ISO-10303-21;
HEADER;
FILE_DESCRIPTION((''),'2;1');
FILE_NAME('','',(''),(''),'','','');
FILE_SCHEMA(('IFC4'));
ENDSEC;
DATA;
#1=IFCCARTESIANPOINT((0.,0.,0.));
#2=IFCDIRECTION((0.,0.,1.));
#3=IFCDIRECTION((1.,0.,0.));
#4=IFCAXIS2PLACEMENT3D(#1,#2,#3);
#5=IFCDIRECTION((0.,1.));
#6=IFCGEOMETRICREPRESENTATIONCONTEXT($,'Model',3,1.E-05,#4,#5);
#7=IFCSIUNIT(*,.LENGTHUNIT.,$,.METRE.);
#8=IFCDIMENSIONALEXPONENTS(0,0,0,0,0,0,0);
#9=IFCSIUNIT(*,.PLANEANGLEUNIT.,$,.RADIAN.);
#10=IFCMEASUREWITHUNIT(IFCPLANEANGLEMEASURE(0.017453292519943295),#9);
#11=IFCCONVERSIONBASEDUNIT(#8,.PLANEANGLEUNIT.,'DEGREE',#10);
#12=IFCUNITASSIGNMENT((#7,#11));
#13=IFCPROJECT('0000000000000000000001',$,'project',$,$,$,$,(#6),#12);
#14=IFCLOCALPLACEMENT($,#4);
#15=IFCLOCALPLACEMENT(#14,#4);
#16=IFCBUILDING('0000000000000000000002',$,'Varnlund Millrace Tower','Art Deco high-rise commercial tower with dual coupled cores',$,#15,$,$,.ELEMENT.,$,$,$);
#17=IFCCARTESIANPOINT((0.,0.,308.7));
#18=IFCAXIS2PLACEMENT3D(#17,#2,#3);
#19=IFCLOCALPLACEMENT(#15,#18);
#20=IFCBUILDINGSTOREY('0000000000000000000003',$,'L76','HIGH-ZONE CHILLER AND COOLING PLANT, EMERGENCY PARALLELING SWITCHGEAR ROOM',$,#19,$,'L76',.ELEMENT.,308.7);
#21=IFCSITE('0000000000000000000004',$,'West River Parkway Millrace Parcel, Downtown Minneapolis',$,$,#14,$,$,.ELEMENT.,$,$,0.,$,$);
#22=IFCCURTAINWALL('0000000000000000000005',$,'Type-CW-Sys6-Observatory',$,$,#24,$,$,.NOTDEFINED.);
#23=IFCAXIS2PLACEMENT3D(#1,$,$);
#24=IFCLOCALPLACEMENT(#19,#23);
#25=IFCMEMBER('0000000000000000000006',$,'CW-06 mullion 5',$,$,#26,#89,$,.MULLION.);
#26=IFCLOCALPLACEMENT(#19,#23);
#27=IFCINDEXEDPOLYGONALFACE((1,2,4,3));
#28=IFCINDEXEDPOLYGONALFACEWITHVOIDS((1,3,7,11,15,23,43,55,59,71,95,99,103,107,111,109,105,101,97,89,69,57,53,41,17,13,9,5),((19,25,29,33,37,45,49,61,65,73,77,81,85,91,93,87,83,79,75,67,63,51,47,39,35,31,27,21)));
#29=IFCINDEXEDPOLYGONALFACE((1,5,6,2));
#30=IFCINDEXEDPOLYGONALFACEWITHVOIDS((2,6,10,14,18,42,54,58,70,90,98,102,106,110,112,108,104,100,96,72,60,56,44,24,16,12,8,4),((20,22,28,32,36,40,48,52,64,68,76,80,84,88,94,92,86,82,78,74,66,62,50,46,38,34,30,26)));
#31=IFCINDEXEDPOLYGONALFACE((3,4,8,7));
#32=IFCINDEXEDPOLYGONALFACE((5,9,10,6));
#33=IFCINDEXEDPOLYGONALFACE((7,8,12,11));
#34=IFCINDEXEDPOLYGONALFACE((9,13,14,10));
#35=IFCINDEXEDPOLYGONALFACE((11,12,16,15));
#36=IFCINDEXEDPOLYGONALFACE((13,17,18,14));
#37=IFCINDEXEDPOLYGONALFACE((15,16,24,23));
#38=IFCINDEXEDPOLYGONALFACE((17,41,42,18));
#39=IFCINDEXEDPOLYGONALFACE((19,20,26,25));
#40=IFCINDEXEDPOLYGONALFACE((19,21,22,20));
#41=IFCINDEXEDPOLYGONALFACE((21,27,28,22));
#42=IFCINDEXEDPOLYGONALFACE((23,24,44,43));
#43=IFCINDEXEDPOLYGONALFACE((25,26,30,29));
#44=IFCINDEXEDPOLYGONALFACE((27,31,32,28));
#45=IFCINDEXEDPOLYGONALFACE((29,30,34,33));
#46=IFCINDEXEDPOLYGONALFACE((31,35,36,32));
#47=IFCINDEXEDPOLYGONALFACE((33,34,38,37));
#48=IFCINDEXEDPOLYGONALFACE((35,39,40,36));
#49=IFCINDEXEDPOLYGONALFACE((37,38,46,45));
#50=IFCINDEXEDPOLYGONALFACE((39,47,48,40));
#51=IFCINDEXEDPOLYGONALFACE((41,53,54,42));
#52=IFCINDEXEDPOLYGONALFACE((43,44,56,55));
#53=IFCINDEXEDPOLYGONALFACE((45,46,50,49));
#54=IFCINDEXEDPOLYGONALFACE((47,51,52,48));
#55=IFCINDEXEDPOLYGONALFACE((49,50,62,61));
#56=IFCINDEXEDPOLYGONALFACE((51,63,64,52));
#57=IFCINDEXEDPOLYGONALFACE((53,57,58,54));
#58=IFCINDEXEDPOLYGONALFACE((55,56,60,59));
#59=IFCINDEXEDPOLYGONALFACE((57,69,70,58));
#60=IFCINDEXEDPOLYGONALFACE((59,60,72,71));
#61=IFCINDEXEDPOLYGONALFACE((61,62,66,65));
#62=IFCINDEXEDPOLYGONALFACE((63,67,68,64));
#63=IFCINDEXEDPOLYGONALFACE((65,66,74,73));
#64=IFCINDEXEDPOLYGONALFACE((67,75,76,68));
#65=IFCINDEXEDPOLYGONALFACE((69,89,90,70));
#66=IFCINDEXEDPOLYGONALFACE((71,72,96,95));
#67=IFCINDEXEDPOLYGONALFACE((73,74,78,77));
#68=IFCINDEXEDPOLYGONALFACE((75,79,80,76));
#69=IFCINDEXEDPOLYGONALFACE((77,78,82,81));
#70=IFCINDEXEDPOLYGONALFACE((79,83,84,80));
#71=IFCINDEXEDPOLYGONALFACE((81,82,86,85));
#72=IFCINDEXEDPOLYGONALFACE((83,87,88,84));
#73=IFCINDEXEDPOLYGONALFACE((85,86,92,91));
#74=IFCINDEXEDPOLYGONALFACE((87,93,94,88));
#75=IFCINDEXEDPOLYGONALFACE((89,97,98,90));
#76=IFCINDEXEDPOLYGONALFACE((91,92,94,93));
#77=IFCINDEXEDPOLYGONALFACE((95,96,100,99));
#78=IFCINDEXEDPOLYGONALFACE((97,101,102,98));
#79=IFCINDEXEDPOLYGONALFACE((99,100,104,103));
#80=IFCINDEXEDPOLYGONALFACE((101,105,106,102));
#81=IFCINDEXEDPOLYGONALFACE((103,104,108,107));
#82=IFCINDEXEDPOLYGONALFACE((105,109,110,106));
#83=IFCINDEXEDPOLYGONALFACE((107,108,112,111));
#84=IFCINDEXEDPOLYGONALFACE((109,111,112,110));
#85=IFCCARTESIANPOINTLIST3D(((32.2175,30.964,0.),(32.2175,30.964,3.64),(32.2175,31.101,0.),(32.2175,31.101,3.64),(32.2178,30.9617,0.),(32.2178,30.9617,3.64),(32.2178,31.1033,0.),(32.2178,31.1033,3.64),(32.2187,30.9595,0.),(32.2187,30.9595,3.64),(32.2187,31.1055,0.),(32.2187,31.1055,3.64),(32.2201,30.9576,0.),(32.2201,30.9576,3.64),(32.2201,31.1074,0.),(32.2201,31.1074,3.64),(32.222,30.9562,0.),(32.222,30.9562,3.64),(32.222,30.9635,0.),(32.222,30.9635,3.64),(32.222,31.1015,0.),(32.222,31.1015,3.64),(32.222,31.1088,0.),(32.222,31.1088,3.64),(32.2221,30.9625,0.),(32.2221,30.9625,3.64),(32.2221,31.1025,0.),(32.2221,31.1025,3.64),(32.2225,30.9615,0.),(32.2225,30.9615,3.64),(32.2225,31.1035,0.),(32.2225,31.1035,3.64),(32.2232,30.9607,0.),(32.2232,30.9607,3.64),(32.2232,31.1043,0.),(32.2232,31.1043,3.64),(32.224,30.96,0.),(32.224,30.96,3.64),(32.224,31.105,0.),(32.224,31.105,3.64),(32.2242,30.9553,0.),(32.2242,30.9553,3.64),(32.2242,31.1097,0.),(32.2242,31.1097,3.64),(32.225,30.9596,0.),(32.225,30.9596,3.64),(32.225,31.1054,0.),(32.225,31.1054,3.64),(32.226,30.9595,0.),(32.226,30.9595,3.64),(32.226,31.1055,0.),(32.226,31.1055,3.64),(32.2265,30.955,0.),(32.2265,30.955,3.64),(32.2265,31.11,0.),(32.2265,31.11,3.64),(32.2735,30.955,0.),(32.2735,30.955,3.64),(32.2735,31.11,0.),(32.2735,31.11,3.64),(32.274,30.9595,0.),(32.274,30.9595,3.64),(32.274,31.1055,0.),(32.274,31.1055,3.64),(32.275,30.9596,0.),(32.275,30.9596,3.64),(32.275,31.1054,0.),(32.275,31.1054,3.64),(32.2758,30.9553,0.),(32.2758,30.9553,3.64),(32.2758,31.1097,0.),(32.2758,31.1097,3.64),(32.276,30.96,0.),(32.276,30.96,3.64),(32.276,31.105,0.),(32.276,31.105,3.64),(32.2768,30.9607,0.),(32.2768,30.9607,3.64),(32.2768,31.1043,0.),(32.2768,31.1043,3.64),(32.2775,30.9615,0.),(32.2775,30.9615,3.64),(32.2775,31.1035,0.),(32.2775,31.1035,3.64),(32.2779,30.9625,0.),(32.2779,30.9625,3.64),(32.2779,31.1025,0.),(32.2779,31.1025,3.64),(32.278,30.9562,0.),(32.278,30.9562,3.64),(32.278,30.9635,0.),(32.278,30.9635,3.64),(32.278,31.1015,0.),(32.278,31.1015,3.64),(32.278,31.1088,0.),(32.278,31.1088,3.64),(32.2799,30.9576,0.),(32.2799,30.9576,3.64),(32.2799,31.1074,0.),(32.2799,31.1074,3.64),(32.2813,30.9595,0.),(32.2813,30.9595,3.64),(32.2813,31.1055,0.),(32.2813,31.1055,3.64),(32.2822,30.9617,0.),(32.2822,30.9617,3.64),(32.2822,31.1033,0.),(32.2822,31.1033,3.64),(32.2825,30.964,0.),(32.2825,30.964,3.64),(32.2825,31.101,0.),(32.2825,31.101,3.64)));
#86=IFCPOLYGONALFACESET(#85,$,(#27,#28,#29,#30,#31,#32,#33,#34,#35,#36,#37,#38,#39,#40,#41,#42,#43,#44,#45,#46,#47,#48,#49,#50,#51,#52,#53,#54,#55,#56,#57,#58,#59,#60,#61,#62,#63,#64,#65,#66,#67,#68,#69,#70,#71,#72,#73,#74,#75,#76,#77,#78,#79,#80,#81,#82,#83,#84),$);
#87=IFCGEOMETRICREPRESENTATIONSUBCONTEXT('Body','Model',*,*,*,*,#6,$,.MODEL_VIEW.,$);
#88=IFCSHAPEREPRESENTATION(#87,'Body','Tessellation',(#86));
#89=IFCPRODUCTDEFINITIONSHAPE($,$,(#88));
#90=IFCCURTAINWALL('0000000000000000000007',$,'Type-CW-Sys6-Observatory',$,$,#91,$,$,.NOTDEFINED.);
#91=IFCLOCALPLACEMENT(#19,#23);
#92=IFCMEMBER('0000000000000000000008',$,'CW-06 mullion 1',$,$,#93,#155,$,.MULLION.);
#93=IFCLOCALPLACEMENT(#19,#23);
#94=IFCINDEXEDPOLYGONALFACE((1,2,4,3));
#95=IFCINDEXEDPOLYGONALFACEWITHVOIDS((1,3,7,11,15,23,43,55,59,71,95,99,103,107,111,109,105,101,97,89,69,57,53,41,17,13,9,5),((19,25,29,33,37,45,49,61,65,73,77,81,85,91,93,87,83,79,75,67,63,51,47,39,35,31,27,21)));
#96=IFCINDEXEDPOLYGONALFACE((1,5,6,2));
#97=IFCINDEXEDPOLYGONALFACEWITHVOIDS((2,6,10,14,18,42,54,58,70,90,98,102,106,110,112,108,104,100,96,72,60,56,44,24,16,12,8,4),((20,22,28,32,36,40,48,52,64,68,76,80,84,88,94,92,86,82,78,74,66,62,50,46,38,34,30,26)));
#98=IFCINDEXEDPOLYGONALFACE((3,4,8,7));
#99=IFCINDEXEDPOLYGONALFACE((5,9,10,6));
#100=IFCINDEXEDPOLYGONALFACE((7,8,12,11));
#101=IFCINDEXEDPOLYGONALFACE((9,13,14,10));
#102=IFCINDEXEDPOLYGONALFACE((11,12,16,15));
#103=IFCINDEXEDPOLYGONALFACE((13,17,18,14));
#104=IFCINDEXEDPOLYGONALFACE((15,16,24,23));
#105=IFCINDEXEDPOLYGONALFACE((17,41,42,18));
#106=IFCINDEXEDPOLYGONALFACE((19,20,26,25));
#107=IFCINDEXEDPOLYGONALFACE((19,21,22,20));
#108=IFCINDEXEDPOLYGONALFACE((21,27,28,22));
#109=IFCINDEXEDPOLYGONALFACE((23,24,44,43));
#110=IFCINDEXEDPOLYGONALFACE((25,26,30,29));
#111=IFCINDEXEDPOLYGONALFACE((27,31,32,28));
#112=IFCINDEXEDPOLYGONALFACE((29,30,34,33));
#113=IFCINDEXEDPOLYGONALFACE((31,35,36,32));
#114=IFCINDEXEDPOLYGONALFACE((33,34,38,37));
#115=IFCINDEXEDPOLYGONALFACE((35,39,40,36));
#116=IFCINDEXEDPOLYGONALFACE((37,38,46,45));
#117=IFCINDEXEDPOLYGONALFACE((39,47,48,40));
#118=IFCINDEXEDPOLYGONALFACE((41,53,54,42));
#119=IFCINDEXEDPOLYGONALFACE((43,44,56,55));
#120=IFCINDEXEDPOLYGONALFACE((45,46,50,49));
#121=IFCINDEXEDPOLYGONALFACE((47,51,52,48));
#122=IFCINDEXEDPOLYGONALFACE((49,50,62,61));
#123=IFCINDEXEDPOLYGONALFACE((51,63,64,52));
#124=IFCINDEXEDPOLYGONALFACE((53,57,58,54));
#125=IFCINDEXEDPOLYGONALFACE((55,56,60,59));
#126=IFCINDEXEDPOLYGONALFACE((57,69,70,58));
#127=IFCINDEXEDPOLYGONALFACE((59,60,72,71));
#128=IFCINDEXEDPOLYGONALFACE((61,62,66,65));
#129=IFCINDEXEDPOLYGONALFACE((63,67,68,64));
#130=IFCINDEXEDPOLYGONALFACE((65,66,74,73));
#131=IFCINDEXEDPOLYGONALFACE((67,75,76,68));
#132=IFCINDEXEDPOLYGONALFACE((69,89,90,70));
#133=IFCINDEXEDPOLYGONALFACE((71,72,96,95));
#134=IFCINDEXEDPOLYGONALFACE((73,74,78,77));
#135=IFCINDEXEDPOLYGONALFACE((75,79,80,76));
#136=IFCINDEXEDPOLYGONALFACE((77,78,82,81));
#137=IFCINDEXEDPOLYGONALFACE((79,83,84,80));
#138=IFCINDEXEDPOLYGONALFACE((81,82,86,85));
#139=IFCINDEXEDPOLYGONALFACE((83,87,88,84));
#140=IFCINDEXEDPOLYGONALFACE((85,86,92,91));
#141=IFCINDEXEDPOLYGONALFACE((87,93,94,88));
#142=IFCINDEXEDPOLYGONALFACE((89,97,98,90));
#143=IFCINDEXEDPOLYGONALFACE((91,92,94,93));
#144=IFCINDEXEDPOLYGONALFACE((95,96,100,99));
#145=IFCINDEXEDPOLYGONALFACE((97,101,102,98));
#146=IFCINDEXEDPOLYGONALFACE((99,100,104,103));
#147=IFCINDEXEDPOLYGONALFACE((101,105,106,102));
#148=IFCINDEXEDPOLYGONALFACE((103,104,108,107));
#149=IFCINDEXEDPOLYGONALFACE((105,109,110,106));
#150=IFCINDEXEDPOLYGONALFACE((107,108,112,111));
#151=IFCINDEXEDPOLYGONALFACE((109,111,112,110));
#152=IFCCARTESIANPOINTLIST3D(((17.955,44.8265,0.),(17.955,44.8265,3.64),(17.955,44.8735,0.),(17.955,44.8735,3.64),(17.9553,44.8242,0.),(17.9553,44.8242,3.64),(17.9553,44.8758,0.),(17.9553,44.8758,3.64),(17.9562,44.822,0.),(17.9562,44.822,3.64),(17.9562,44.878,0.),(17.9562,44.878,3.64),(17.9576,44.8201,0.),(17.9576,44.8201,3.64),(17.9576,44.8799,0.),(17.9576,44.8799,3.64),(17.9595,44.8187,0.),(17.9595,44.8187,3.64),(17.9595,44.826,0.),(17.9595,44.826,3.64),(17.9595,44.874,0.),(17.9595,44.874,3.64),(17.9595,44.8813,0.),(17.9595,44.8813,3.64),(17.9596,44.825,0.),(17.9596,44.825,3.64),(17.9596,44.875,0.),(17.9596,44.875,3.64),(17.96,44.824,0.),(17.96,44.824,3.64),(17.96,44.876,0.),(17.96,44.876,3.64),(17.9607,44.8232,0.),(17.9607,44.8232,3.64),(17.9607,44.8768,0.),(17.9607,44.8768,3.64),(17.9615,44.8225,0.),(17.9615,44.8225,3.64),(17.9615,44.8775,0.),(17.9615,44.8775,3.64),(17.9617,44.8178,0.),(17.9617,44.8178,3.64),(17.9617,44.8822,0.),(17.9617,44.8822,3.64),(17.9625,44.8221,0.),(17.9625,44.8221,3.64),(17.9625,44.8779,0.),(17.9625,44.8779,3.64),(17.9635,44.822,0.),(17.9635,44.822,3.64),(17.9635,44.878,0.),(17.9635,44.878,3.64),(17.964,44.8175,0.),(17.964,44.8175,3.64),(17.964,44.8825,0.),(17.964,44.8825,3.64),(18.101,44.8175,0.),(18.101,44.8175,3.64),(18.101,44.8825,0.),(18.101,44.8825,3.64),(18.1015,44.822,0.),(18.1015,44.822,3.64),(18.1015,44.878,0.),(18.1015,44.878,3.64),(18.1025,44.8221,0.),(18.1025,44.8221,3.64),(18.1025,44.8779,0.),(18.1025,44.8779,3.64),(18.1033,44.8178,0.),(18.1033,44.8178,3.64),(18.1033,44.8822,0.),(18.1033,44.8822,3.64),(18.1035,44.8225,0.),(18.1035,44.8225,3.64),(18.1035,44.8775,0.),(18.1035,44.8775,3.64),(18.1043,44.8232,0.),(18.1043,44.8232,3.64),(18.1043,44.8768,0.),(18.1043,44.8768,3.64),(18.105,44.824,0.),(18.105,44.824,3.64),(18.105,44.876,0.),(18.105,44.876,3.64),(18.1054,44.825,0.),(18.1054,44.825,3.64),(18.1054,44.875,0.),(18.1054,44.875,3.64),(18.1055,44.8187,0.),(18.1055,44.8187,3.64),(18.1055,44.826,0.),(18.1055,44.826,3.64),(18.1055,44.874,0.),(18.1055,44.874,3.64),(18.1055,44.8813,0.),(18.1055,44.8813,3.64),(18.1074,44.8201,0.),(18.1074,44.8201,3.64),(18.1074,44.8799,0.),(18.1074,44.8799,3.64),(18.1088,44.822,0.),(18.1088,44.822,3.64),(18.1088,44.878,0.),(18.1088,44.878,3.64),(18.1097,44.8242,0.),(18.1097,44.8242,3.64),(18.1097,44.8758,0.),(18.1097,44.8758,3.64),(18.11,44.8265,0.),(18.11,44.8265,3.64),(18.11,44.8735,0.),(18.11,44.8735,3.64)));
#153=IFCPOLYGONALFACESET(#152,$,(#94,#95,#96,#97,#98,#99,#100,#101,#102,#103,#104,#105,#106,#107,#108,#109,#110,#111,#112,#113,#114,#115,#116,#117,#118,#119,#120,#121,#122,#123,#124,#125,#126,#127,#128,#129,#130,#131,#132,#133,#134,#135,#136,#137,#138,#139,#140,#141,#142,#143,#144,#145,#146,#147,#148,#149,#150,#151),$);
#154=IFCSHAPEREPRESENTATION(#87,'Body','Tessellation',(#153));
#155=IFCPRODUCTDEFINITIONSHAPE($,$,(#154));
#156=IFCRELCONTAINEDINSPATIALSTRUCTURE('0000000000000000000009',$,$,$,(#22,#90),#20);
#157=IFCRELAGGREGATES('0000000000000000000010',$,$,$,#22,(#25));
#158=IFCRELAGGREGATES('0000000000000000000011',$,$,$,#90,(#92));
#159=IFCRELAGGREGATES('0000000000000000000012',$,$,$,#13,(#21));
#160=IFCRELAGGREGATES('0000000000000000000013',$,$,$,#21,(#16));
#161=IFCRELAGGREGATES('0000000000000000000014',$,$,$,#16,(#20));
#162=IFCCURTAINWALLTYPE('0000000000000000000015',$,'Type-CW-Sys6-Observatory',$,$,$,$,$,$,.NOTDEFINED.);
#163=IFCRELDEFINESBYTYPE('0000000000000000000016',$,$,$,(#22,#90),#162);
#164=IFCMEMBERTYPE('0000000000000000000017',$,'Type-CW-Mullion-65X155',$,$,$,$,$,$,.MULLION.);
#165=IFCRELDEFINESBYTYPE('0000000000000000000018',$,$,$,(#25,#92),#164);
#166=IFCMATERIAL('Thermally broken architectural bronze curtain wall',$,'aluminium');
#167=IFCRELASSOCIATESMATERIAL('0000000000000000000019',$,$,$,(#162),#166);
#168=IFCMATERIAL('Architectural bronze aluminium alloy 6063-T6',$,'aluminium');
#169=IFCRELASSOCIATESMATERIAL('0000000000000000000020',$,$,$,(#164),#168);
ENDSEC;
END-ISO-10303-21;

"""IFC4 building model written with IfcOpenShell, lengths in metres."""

from ifc_helpers import new_model, entity, si_unit, converted_unit, direction, frame, origin_with_axes, origin_2d_with_axis, place, context, subcontext, project, spatial, hollow_rectangle, extrude, material, material_profile, profile_set, type_object, element, aggregate, save


model = new_model("IFC4")

# Units and contexts
model_context = context("Model", 3, precision=1e-05, world=origin_with_axes(), true_north=direction((0.0, 1.0)))
body_context = subcontext(model_context, "Body", "Model", "MODEL_VIEW")
ifc_project = project(units=[si_unit("LENGTHUNIT", "METRE"), converted_unit("PLANEANGLEUNIT", "DEGREE", entity("IfcPlaneAngleMeasure", 0.017453292519943295), si_unit("PLANEANGLEUNIT", "RADIAN"), dimensions=[0, 0, 0, 0, 0, 0, 0])], contexts=[model_context])

# Site, building, storey
site_placement = place(None, origin_with_axes())
site = spatial("IfcSite", under=ifc_project, at=site_placement, Name="West River Parkway Millrace Parcel, Downtown Minneapolis", CompositionType="ELEMENT", RefElevation=0.0)
building_placement = place(site_placement, origin_with_axes())
building = spatial("IfcBuilding", under=site, at=building_placement, Name="Varnlund Millrace Tower", Description="Art Deco high-rise commercial tower with dual coupled cores", CompositionType="ELEMENT")
storey_placement = place(building_placement, frame((0.0, 0.0, 308.7), z_axis=(0.0, 0.0, 1.0), x_axis=(1.0, 0.0, 0.0)))
storey = spatial("IfcBuildingStorey", under=building, at=storey_placement, Name="L76", Description="HIGH-ZONE CHILLER AND COOLING PLANT, EMERGENCY PARALLELING SWITCHGEAR ROOM", LongName="L76", CompositionType="ELEMENT", Elevation=308.7)

# Curtain walls, members
ifc_material_1 = material(Name="Thermally broken architectural bronze curtain wall", Category="aluminium")
curtain_wall_type = type_object("IfcCurtainWallType", Name="Type-CW-Sys6-Observatory", PredefinedType="NOTDEFINED", material=ifc_material_1)
curtain_wall_1_placement = place(storey_placement, frame((32.25, 37.0, 0.0), z_axis=(0.0, 0.0, 1.0), x_axis=(1.0, 0.0, 0.0)))
curtain_wall_1 = element("IfcCurtainWall", 1, at=curtain_wall_1_placement, inside=storey, type_object=curtain_wall_type, Name="Type-CW-Sys6-Observatory", PredefinedType="NOTDEFINED")
ifc_material_2 = material(Name="Architectural bronze aluminium alloy 6063-T6", Category="aluminium")
ifc_material_profile_1 = material_profile(ifc_material_2, hollow_rectangle(XDim=0.065, YDim=0.155, WallThickness=0.0045, InnerFilletRadius=0.004, OuterFilletRadius=0.009, at=origin_2d_with_axis()), Name="Architectural bronze aluminium alloy 6063-T6")
ifc_profile_set_1 = profile_set([ifc_material_profile_1], Name="Architectural bronze aluminium alloy 6063-T6")
member_type = type_object("IfcMemberType", Name="Type-CW-Mullion-65X155", PredefinedType="MULLION", material=ifc_profile_set_1)
member_1_placement = place(storey_placement, frame((32.25, 31.0325, 0.0), z_axis=(0.0, 0.0, 1.0), x_axis=(1.0, 0.0, 0.0)))
member_1 = element("IfcMember", 2, at=member_1_placement, type_object=member_type, Name="CW-06 mullion 5", PredefinedType="MULLION", context=body_context, shape_type="SweptSolid", body=[
    extrude(hollow_rectangle(XDim=0.065, YDim=0.155, WallThickness=0.0045, InnerFilletRadius=0.004, OuterFilletRadius=0.009, at=origin_2d_with_axis()), origin_with_axes(), (0.0, 0.0, 1.0), 3.64),
])
aggregate(curtain_wall_1, [member_1])
curtain_wall_2_placement = place(storey_placement, frame((18.0, 44.85, 0.0), z_axis=(0.0, 0.0, 1.0), x_axis=(1.0, 0.0, 0.0)))
curtain_wall_2 = element("IfcCurtainWall", 3, at=curtain_wall_2_placement, inside=storey, type_object=curtain_wall_type, Name="Type-CW-Sys6-Observatory", PredefinedType="NOTDEFINED")
member_2_placement = place(storey_placement, frame((18.0325, 44.85, 0.0), z_axis=(0.0, 0.0, 1.0), x_axis=(0.0, 1.0, 0.0)))
member_2 = element("IfcMember", 4, at=member_2_placement, type_object=member_type, Name="CW-06 mullion 1", PredefinedType="MULLION", context=body_context, shape_type="SweptSolid", body=[
    extrude(hollow_rectangle(XDim=0.065, YDim=0.155, WallThickness=0.0045, InnerFilletRadius=0.004, OuterFilletRadius=0.009, at=origin_2d_with_axis()), origin_with_axes(), (0.0, 0.0, 1.0), 3.64),
])
aggregate(curtain_wall_2, [member_2])

save(model, "model.ifc")
